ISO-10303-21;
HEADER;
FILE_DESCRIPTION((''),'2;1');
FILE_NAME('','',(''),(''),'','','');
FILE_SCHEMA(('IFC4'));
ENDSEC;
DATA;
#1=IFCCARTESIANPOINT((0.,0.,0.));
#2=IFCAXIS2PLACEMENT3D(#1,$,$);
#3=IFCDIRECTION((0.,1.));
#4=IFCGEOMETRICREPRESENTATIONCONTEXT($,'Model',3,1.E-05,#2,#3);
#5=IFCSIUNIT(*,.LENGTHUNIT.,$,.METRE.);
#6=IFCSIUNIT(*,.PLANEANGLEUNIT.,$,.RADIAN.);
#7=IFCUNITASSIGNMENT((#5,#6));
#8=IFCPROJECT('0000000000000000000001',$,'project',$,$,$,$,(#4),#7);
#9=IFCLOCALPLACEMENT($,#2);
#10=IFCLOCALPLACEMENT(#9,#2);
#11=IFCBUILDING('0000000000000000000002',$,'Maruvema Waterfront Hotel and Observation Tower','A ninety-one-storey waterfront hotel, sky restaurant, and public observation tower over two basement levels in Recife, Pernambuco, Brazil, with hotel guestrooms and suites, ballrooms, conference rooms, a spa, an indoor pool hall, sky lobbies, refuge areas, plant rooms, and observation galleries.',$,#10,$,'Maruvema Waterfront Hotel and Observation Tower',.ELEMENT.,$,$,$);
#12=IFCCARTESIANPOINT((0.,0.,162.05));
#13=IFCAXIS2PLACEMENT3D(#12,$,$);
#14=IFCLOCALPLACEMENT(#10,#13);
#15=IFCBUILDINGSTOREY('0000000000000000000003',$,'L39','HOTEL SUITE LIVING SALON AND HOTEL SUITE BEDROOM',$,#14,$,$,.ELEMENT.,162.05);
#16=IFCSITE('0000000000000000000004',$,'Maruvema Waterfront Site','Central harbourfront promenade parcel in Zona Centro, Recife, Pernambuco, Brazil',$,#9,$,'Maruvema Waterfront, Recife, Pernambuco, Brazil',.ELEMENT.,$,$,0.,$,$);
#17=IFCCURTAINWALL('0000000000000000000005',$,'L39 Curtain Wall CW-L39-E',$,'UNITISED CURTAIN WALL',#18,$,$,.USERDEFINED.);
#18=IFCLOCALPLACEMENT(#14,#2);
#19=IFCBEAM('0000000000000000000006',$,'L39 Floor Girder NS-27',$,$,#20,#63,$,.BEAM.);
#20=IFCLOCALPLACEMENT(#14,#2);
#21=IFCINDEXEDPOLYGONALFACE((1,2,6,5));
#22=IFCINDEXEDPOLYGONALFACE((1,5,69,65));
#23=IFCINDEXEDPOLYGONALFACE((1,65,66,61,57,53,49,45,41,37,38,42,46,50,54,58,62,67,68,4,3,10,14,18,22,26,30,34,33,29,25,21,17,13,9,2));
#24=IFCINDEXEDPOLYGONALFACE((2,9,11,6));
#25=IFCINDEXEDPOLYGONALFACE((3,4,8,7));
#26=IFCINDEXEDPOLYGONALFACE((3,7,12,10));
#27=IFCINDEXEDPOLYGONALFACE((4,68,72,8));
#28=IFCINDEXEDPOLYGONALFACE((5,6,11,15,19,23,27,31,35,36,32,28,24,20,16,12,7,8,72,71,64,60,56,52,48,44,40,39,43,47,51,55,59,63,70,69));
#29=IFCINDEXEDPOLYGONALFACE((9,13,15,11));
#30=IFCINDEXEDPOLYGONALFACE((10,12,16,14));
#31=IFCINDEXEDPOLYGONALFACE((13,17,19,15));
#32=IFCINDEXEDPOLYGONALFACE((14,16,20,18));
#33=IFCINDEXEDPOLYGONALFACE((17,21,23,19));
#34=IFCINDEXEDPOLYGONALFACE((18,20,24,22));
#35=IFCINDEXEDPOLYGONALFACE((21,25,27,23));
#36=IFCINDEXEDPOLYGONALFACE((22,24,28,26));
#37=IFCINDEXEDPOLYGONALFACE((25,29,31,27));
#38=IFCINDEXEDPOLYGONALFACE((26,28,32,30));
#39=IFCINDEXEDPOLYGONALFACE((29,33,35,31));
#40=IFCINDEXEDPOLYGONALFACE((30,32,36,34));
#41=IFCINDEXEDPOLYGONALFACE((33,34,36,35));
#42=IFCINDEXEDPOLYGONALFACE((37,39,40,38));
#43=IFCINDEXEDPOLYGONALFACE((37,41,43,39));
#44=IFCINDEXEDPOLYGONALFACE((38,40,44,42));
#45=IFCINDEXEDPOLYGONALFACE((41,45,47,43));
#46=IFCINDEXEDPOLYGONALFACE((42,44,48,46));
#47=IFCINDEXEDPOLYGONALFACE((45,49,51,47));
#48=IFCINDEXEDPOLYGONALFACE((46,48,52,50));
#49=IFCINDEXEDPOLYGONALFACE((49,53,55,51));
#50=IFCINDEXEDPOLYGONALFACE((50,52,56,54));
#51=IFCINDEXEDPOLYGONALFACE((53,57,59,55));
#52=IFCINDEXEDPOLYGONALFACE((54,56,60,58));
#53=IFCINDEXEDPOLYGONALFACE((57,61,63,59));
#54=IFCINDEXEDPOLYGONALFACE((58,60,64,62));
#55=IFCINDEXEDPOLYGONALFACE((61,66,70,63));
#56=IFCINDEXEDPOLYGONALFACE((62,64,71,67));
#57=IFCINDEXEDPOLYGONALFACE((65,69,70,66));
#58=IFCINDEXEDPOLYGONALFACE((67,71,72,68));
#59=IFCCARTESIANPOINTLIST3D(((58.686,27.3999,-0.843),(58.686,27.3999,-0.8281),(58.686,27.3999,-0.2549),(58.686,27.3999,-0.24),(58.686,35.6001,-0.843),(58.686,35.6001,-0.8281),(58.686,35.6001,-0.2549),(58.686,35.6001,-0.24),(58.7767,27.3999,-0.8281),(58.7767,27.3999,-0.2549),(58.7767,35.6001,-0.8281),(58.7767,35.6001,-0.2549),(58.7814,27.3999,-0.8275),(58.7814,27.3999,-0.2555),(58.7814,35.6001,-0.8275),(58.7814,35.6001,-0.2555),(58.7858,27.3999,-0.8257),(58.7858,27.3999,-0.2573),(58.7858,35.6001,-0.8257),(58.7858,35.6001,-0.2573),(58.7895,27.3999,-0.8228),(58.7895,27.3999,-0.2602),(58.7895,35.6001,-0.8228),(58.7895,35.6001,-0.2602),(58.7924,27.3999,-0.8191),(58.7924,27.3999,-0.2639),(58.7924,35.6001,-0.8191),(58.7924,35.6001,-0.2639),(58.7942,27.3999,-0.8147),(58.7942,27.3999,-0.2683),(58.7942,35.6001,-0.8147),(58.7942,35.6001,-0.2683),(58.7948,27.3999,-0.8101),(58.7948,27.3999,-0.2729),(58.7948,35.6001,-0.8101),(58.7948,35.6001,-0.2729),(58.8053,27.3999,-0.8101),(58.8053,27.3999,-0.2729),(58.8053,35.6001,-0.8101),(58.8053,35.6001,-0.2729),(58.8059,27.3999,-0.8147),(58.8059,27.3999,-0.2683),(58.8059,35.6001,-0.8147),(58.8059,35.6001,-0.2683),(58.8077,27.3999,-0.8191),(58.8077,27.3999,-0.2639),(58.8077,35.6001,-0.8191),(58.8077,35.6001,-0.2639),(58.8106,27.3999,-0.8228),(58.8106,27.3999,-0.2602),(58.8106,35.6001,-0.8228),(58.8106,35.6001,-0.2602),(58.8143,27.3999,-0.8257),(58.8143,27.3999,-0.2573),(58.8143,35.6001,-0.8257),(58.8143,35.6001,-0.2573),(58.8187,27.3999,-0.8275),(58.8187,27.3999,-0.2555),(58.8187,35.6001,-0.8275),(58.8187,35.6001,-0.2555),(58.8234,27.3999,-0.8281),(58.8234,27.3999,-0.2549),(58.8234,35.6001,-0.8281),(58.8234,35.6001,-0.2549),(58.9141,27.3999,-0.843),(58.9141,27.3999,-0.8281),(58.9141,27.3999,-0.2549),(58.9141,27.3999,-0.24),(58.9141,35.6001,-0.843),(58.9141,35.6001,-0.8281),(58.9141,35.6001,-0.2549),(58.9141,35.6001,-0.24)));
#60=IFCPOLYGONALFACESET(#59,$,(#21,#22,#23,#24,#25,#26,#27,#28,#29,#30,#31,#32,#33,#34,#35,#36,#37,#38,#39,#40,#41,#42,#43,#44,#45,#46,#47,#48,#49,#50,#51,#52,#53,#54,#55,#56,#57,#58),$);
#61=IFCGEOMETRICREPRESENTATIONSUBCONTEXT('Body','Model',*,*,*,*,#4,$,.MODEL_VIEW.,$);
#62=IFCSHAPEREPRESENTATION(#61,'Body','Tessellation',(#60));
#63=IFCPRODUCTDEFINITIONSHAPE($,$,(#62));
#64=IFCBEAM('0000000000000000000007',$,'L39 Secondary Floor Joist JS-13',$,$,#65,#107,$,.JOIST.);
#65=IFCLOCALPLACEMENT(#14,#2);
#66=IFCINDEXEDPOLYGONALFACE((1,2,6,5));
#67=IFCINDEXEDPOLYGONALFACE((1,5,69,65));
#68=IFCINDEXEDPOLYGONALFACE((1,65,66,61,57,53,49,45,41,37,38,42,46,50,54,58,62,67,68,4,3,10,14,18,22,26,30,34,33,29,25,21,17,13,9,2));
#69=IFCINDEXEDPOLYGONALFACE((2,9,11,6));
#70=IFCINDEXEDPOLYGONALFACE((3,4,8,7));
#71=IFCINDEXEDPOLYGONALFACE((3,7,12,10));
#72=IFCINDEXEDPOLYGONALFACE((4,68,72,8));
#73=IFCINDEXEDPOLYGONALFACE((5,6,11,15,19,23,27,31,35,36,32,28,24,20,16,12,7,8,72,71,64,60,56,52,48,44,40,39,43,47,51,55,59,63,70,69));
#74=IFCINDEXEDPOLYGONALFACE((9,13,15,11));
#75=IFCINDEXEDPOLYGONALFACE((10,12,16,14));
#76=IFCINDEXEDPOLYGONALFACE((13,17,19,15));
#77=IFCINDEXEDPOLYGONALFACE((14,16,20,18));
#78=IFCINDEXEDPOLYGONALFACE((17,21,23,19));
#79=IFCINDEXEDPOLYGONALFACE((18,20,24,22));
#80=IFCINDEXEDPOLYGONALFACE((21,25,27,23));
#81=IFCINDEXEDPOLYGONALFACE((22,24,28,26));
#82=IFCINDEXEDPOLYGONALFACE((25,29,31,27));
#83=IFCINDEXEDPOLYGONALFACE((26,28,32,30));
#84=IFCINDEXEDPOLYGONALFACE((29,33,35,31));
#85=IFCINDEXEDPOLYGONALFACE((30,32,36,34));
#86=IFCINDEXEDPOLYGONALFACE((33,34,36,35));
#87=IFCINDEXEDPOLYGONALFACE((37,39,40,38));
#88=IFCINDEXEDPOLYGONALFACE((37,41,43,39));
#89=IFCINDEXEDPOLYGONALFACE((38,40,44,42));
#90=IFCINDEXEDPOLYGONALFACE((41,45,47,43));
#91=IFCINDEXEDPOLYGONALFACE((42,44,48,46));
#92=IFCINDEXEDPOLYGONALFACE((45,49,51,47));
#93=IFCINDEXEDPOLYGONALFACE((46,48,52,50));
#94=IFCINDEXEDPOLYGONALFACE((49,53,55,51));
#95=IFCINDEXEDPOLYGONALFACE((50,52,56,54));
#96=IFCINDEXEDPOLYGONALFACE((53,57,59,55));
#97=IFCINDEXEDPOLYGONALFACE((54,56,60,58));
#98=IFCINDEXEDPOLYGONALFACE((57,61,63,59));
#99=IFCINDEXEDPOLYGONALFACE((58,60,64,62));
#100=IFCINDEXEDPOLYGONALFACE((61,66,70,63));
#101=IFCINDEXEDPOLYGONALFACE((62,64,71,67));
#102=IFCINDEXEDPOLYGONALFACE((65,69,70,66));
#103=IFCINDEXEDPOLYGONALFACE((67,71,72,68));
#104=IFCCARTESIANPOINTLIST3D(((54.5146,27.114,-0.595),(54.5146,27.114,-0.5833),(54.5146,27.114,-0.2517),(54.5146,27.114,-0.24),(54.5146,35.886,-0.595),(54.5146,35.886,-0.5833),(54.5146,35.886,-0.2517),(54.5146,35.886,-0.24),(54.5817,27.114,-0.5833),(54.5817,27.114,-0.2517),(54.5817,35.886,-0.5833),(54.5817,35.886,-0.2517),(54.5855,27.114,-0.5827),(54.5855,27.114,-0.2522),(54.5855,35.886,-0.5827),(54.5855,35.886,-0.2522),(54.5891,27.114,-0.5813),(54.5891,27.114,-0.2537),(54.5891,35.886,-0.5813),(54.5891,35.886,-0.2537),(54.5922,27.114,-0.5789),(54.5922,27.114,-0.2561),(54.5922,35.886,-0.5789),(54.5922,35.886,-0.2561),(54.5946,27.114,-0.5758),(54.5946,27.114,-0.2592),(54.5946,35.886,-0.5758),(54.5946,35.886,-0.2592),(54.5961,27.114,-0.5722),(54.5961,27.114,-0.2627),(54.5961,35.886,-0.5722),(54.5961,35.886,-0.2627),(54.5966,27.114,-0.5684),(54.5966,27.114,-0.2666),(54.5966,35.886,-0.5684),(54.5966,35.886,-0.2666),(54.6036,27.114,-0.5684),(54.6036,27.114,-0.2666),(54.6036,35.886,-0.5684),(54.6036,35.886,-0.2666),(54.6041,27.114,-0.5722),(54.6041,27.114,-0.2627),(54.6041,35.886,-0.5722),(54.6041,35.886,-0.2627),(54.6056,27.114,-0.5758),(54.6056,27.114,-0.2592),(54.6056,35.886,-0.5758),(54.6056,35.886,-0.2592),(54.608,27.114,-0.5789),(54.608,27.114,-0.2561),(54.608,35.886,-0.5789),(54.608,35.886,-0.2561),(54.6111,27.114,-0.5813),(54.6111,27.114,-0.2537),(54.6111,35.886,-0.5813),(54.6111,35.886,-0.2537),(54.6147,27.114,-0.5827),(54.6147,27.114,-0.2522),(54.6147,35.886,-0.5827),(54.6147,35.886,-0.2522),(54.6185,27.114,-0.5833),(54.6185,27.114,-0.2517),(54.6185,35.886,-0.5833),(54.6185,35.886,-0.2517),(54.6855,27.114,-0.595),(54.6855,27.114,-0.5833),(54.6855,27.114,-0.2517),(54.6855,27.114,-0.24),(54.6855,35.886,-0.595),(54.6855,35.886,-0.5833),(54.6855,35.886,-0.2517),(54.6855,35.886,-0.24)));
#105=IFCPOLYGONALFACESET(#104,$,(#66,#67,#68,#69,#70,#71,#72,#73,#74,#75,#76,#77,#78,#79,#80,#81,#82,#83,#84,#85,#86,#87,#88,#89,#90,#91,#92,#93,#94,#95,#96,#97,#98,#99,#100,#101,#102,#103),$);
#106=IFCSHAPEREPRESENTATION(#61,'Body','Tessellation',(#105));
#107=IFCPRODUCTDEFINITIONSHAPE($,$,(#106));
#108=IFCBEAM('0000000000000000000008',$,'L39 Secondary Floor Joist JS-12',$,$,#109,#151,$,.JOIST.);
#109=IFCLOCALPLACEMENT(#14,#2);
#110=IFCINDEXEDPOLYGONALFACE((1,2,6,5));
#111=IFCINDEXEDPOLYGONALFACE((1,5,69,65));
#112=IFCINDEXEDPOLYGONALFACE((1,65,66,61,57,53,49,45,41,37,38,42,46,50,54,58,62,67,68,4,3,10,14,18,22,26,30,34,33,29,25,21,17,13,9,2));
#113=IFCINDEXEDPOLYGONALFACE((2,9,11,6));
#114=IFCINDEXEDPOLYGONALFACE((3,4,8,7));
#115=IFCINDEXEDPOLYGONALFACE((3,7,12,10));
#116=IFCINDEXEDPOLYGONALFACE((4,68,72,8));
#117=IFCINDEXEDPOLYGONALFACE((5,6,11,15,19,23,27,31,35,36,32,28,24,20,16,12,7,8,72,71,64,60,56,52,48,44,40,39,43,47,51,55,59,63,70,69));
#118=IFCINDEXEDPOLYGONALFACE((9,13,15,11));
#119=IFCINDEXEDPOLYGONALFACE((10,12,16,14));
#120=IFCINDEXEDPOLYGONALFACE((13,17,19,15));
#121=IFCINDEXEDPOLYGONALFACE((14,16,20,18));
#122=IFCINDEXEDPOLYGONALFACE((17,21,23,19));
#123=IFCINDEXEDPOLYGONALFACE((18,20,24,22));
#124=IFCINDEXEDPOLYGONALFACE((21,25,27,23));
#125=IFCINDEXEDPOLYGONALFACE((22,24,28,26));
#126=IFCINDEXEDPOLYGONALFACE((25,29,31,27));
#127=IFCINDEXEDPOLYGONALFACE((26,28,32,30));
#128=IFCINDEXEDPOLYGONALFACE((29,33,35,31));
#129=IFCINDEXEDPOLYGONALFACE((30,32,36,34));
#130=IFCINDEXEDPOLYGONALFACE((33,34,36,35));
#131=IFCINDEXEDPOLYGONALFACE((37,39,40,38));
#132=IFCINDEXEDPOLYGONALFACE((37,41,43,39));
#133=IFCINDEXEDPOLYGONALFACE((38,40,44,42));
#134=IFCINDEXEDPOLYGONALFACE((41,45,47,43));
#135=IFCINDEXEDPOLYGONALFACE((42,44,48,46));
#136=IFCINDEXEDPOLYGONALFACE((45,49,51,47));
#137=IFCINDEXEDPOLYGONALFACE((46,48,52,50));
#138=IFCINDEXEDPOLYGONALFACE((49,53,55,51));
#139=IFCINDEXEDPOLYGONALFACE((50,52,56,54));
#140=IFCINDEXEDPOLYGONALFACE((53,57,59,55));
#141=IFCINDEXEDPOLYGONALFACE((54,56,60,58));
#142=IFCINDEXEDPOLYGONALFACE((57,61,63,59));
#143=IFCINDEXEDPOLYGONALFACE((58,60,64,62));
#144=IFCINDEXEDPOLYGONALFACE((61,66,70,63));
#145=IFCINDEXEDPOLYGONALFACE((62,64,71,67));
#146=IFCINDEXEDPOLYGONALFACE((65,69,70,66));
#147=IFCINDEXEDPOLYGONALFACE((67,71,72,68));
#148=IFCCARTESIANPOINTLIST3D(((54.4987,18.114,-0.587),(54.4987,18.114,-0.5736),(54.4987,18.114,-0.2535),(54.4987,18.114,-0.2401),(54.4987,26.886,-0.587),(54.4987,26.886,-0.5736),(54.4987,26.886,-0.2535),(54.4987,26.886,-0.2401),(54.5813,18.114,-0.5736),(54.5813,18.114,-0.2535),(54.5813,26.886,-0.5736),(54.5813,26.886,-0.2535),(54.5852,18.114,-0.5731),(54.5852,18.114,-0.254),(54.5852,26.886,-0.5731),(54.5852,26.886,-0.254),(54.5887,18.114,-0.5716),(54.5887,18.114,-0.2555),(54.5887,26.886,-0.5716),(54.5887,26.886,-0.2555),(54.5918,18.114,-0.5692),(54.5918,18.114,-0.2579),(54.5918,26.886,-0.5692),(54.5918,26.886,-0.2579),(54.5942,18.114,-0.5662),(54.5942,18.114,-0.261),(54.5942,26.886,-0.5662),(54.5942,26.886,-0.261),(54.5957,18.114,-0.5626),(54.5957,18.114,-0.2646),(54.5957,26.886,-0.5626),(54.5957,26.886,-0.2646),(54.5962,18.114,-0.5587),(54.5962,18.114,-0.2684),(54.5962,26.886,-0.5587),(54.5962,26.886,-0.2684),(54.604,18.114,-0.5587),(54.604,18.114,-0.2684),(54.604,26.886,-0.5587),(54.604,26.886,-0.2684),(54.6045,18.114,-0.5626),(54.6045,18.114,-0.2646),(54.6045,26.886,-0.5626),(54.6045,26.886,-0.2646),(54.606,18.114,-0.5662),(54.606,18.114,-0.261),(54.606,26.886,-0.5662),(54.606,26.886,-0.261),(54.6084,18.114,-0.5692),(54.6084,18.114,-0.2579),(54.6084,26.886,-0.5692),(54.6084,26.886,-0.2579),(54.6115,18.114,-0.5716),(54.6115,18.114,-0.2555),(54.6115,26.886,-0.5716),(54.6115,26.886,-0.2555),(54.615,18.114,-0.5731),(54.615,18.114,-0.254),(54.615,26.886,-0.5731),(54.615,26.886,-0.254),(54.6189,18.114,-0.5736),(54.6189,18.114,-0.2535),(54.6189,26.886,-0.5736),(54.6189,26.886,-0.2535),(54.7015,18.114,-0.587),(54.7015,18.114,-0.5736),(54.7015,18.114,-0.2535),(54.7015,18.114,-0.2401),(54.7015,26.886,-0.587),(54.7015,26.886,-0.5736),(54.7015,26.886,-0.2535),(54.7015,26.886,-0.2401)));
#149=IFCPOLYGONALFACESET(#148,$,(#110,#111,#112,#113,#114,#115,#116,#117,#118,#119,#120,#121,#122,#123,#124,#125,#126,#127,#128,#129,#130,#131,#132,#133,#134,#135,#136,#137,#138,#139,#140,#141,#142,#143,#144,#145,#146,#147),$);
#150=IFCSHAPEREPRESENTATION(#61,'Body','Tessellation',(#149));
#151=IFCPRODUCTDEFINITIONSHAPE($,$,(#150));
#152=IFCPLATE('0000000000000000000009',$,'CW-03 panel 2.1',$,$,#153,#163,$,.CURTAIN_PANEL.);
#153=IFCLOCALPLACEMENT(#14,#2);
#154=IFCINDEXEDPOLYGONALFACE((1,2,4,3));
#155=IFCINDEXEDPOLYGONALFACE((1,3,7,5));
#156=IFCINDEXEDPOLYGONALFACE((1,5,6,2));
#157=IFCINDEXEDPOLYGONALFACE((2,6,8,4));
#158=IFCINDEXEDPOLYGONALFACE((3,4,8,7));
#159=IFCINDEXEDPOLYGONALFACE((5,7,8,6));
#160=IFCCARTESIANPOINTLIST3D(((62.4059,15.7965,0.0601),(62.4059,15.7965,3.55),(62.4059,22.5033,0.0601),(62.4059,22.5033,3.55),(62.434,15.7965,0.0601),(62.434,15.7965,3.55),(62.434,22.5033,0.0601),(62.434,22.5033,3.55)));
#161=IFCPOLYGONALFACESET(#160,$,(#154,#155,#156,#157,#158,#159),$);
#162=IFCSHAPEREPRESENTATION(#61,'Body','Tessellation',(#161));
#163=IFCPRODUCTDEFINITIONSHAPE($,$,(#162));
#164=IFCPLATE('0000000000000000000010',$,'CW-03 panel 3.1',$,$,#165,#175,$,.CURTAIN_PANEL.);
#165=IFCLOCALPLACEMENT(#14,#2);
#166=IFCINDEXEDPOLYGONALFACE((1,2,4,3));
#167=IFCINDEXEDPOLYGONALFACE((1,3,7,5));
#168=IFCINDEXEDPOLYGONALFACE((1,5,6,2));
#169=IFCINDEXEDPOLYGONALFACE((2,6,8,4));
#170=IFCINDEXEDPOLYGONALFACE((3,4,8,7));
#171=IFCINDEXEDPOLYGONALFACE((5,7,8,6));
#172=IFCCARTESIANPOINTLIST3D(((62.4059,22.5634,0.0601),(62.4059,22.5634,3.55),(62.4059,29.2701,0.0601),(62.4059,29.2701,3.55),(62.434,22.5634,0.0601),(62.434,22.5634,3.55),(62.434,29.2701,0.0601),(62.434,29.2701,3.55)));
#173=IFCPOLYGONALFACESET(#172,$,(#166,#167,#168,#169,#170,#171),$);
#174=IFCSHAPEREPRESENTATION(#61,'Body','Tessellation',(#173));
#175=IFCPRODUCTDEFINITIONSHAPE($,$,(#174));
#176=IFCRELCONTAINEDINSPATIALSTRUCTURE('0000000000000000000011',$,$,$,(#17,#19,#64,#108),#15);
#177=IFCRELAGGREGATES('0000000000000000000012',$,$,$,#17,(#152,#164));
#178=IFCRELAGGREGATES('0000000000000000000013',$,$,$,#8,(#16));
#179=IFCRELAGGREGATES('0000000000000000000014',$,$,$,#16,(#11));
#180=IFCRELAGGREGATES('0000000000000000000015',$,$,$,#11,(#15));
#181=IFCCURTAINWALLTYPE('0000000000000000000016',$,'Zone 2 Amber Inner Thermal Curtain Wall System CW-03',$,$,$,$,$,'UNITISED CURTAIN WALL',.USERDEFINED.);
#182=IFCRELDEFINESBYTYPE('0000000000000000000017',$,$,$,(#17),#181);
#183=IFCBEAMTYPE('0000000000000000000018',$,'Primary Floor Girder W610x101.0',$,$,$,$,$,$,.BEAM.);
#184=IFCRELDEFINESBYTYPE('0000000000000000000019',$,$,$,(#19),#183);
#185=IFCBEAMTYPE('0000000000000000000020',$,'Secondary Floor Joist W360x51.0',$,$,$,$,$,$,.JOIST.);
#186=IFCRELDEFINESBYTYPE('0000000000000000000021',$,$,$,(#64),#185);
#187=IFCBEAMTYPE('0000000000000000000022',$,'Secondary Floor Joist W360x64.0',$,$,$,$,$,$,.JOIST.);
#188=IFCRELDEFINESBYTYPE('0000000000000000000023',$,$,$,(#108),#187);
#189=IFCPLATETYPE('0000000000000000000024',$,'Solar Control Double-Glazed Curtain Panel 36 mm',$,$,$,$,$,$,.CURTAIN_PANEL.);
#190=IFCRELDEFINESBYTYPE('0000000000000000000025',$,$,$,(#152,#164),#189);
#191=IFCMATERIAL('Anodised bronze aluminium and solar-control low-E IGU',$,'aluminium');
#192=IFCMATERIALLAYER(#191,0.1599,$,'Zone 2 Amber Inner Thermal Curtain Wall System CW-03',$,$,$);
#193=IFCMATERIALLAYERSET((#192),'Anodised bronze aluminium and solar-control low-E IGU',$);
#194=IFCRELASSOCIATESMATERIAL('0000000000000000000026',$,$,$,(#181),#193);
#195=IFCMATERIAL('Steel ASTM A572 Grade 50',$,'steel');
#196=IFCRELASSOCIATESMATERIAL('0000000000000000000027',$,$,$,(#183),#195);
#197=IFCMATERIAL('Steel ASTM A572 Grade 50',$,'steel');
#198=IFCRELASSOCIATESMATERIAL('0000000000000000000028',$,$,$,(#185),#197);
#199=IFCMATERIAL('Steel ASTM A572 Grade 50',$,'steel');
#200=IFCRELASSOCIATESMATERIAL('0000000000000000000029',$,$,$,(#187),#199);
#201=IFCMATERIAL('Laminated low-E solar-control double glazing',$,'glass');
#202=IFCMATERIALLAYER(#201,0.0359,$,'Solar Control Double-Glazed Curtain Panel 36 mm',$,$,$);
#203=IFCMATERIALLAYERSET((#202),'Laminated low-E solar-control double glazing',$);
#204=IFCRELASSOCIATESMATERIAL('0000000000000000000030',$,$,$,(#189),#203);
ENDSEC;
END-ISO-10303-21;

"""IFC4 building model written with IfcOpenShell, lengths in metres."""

from ifc_helpers import new_model, si_unit, direction, frame, origin, origin_2d, place, context, subcontext, project, spatial, rectangle, i_section, extrude, material, layer, layer_set, material_profile, profile_set, type_object, element, aggregate, save


model = new_model("IFC4")

# Units and contexts
model_context = context("Model", 3, precision=1e-05, world=origin(), true_north=direction((0.0, 1.0)))
body_context = subcontext(model_context, "Body", "Model", "MODEL_VIEW")
ifc_project = project(units=[si_unit("LENGTHUNIT", "METRE"), si_unit("PLANEANGLEUNIT", "RADIAN")], contexts=[model_context])

# Site, building, storey
site_placement = place(None, origin())
site = spatial("IfcSite", under=ifc_project, at=site_placement, Name="Maruvema Waterfront Site", Description="Central harbourfront promenade parcel in Zona Centro, Recife, Pernambuco, Brazil", LongName="Maruvema Waterfront, Recife, Pernambuco, Brazil", CompositionType="ELEMENT", RefElevation=0.0)
building_placement = place(site_placement, origin())
building = spatial("IfcBuilding", under=site, at=building_placement, Name="Maruvema Waterfront Hotel and Observation Tower", Description="A ninety-one-storey waterfront hotel, sky restaurant, and public observation tower over two basement levels in Recife, Pernambuco, Brazil, with hotel guestrooms and suites, ballrooms, conference rooms, a spa, an indoor pool hall, sky lobbies, refuge areas, plant rooms, and observation galleries.", LongName="Maruvema Waterfront Hotel and Observation Tower", CompositionType="ELEMENT")
storey_placement = place(building_placement, frame((0.0, 0.0, 162.05)))
storey = spatial("IfcBuildingStorey", under=building, at=storey_placement, Name="L39", Description="HOTEL SUITE LIVING SALON AND HOTEL SUITE BEDROOM", CompositionType="ELEMENT", Elevation=162.05)

# Curtain wall
ifc_material_1 = material(Name="Anodised bronze aluminium and solar-control low-E IGU", Category="aluminium")
ifc_layer_1 = layer(ifc_material_1, 0.1599, Name="Zone 2 Amber Inner Thermal Curtain Wall System CW-03")
ifc_layer_set_1 = layer_set([ifc_layer_1], Name="Anodised bronze aluminium and solar-control low-E IGU")
curtain_wall_type = type_object("IfcCurtainWallType", Name="Zone 2 Amber Inner Thermal Curtain Wall System CW-03", ElementType="UNITISED CURTAIN WALL", PredefinedType="USERDEFINED", material=ifc_layer_set_1)
curtain_wall_placement = place(storey_placement, origin())
curtain_wall = element("IfcCurtainWall", 1, at=curtain_wall_placement, inside=storey, type_object=curtain_wall_type, Name="L39 Curtain Wall CW-L39-E", ObjectType="UNITISED CURTAIN WALL", PredefinedType="USERDEFINED")

# Beams
ifc_material_2 = material(Name="Steel ASTM A572 Grade 50", Category="steel")
ifc_material_profile_1 = material_profile(ifc_material_2, i_section(OverallWidth=0.228, OverallDepth=0.603, WebThickness=0.0105, FlangeThickness=0.0149, FilletRadius=0.0181, at=origin_2d()), Name="W610x101.0")
ifc_profile_set_1 = profile_set([ifc_material_profile_1], Name="Steel ASTM A572 Grade 50")
beam_type_1 = type_object("IfcBeamType", Name="Primary Floor Girder W610x101.0", PredefinedType="BEAM", material=ifc_profile_set_1)
for number, where, z_axis, x_axis, name in (
    (2, (58.8, 27.3999, -0.5415), (0.0, 1.0, 0.0), (-1.0, 0.0, 0.0), "L39 Floor Girder NS-27"),
):
    element("IfcBeam", number, at=place(storey_placement, frame(where, z_axis=z_axis, x_axis=x_axis)), inside=storey, type_object=beam_type_1, Name=name, PredefinedType="BEAM", context=body_context, shape_type="SweptSolid", body=[
        extrude(i_section(OverallWidth=0.228, OverallDepth=0.603, WebThickness=0.0105, FlangeThickness=0.0149, FilletRadius=0.0181, at=origin_2d()), origin(), (0.0, 0.0, 1.0), 8.2002),
    ])
ifc_material_3 = material(Name="Steel ASTM A572 Grade 50", Category="steel")
ifc_material_profile_2 = material_profile(ifc_material_3, i_section(OverallWidth=0.1709, OverallDepth=0.355, WebThickness=0.0071, FlangeThickness=0.0117, FilletRadius=0.0149, at=origin_2d()), Name="W360x51.0")
ifc_profile_set_2 = profile_set([ifc_material_profile_2], Name="Steel ASTM A572 Grade 50")
beam_type_2 = type_object("IfcBeamType", Name="Secondary Floor Joist W360x51.0", PredefinedType="JOIST", material=ifc_profile_set_2)
beam_1_placement = place(storey_placement, frame((54.6001, 27.114, -0.4175), z_axis=(0.0, 1.0, 0.0), x_axis=(-1.0, 0.0, 0.0)))
element("IfcBeam", 3, at=beam_1_placement, inside=storey, type_object=beam_type_2, Name="L39 Secondary Floor Joist JS-13", PredefinedType="JOIST", context=body_context, shape_type="SweptSolid", body=[
    extrude(i_section(OverallWidth=0.1709, OverallDepth=0.355, WebThickness=0.0071, FlangeThickness=0.0117, FilletRadius=0.0149, at=origin_2d()), origin(), (0.0, 0.0, 1.0), 8.772),
])
ifc_material_4 = material(Name="Steel ASTM A572 Grade 50", Category="steel")
ifc_material_profile_3 = material_profile(ifc_material_4, i_section(OverallWidth=0.2029, OverallDepth=0.3469, WebThickness=0.0078, FlangeThickness=0.0134, FilletRadius=0.0149, at=origin_2d()), Name="W360x64.0")
ifc_profile_set_3 = profile_set([ifc_material_profile_3], Name="Steel ASTM A572 Grade 50")
beam_type_3 = type_object("IfcBeamType", Name="Secondary Floor Joist W360x64.0", PredefinedType="JOIST", material=ifc_profile_set_3)
beam_2_placement = place(storey_placement, frame((54.6001, 18.114, -0.4136), z_axis=(0.0, 1.0, 0.0), x_axis=(-1.0, 0.0, 0.0)))
element("IfcBeam", 4, at=beam_2_placement, inside=storey, type_object=beam_type_3, Name="L39 Secondary Floor Joist JS-12", PredefinedType="JOIST", context=body_context, shape_type="SweptSolid", body=[
    extrude(i_section(OverallWidth=0.2029, OverallDepth=0.3469, WebThickness=0.0078, FlangeThickness=0.0134, FilletRadius=0.0149, at=origin_2d()), origin(), (0.0, 0.0, 1.0), 8.772),
])

# Plates
ifc_material_5 = material(Name="Laminated low-E solar-control double glazing", Category="glass")
ifc_layer_2 = layer(ifc_material_5, 0.0359, Name="Solar Control Double-Glazed Curtain Panel 36 mm")
ifc_layer_set_2 = layer_set([ifc_layer_2], Name="Laminated low-E solar-control double glazing")
plate_type = type_object("IfcPlateType", Name="Solar Control Double-Glazed Curtain Panel 36 mm", PredefinedType="CURTAIN_PANEL", material=ifc_layer_set_2)
plate_1_placement = place(storey_placement, frame((62.4199, 19.1499, 0.0601), z_axis=(0.0, 0.0, 1.0), x_axis=(0.0, 1.0, 0.0)))
plate_1 = element("IfcPlate", 5, at=plate_1_placement, type_object=plate_type, Name="CW-03 panel 2.1", PredefinedType="CURTAIN_PANEL", context=body_context, shape_type="SweptSolid", body=[
    extrude(rectangle(XDim=6.7068, YDim=0.0281, at=origin_2d()), origin(), (0.0, 0.0, 1.0), 3.49),
])
plate_2_placement = place(storey_placement, frame((62.4199, 25.9167, 0.0601), z_axis=(0.0, 0.0, 1.0), x_axis=(0.0, 1.0, 0.0)))
plate_2 = element("IfcPlate", 6, at=plate_2_placement, type_object=plate_type, Name="CW-03 panel 3.1", PredefinedType="CURTAIN_PANEL", context=body_context, shape_type="SweptSolid", body=[
    extrude(rectangle(XDim=6.7068, YDim=0.0281, at=origin_2d()), origin(), (0.0, 0.0, 1.0), 3.49),
])
aggregate(curtain_wall, [plate_1, plate_2])

save(model, "model.ifc")
